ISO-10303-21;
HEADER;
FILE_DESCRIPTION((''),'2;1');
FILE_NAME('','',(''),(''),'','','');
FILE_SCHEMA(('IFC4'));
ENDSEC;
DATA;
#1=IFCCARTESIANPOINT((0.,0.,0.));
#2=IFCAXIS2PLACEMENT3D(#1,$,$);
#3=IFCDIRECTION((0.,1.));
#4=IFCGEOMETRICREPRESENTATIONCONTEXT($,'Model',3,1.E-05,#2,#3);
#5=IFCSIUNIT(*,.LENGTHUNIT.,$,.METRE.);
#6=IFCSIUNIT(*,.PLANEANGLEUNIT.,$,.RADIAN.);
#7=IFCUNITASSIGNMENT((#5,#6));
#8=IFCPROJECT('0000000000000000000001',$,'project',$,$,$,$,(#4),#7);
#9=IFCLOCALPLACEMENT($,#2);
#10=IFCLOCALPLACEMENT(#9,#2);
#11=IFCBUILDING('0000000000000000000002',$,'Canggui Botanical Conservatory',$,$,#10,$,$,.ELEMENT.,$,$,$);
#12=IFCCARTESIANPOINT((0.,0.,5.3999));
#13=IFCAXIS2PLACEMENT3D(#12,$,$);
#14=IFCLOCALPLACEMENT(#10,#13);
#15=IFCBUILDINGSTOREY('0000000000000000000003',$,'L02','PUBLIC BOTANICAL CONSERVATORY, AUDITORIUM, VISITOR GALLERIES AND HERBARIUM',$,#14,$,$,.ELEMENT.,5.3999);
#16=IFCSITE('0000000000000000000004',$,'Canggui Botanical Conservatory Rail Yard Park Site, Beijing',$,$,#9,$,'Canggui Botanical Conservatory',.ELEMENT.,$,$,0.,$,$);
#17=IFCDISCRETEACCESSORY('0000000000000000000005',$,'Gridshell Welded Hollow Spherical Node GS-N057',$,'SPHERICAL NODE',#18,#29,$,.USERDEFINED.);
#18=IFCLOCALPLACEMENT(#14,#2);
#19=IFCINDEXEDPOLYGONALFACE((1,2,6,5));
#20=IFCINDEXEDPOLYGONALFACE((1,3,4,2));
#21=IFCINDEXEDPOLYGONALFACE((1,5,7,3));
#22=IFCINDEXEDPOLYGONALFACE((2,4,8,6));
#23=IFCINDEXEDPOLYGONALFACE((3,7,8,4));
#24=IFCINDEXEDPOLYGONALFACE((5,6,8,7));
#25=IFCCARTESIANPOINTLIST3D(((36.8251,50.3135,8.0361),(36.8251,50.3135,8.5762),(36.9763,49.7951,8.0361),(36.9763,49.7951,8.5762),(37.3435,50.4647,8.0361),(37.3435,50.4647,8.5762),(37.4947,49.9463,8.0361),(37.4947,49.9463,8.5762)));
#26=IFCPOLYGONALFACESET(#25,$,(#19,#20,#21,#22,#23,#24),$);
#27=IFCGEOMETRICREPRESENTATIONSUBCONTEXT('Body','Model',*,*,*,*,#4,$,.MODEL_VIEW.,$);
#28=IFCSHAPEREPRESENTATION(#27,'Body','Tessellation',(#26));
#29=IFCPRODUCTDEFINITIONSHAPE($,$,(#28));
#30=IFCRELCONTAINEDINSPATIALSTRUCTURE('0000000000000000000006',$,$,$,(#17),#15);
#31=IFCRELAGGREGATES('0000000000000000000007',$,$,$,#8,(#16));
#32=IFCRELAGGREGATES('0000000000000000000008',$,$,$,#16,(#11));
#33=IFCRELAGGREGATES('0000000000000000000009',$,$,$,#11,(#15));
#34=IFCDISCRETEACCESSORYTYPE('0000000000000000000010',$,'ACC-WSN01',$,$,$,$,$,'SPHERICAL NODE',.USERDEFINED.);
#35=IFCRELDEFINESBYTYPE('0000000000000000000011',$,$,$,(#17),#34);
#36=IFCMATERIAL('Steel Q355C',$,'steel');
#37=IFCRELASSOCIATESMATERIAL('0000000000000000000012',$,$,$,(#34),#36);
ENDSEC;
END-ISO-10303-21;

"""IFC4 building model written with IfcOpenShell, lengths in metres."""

from ifc_helpers import new_model, si_unit, direction, frame, origin, origin_2d, place, context, subcontext, project, spatial, rectangle, extrude, material, type_object, element, save


model = new_model("IFC4")

# Units and contexts
model_context = context("Model", 3, precision=1e-05, world=origin(), true_north=direction((0.0, 1.0)))
body_context = subcontext(model_context, "Body", "Model", "MODEL_VIEW")
ifc_project = project(units=[si_unit("LENGTHUNIT", "METRE"), si_unit("PLANEANGLEUNIT", "RADIAN")], contexts=[model_context])

# Site, building, storey
site_placement = place(None, origin())
site = spatial("IfcSite", under=ifc_project, at=site_placement, Name="Canggui Botanical Conservatory Rail Yard Park Site, Beijing", LongName="Canggui Botanical Conservatory", CompositionType="ELEMENT", RefElevation=0.0)
building_placement = place(site_placement, origin())
building = spatial("IfcBuilding", under=site, at=building_placement, Name="Canggui Botanical Conservatory", CompositionType="ELEMENT")
storey_placement = place(building_placement, frame((0.0, 0.0, 5.3999)))
storey = spatial("IfcBuildingStorey", under=building, at=storey_placement, Name="L02", Description="PUBLIC BOTANICAL CONSERVATORY, AUDITORIUM, VISITOR GALLERIES AND HERBARIUM", CompositionType="ELEMENT", Elevation=5.3999)

# Shared definitions
ifc_material_1 = material(Name="Steel Q355C", Category="steel")

# Discrete accessory
discrete_accessory_type_1 = type_object("IfcDiscreteAccessoryType", Name="ACC-WSN01", ElementType="SPHERICAL NODE", PredefinedType="USERDEFINED", material=ifc_material_1)
discrete_accessory_placement = place(storey_placement, frame((37.1599, 50.1299, 8.0361), z_axis=(0.0, 0.0, 1.0), x_axis=(0.96, 0.28, 0.0)))
element("IfcDiscreteAccessory", 1, at=discrete_accessory_placement, inside=storey, type_object=discrete_accessory_type_1, Name="Gridshell Welded Hollow Spherical Node GS-N057", ObjectType="SPHERICAL NODE", PredefinedType="USERDEFINED", context=body_context, shape_type="SweptSolid", body=[
    extrude(rectangle(XDim=0.54, YDim=0.54, at=origin_2d()), origin(), (0.0, 0.0, 1.0), 0.54),
])

save(model, "model.ifc")
